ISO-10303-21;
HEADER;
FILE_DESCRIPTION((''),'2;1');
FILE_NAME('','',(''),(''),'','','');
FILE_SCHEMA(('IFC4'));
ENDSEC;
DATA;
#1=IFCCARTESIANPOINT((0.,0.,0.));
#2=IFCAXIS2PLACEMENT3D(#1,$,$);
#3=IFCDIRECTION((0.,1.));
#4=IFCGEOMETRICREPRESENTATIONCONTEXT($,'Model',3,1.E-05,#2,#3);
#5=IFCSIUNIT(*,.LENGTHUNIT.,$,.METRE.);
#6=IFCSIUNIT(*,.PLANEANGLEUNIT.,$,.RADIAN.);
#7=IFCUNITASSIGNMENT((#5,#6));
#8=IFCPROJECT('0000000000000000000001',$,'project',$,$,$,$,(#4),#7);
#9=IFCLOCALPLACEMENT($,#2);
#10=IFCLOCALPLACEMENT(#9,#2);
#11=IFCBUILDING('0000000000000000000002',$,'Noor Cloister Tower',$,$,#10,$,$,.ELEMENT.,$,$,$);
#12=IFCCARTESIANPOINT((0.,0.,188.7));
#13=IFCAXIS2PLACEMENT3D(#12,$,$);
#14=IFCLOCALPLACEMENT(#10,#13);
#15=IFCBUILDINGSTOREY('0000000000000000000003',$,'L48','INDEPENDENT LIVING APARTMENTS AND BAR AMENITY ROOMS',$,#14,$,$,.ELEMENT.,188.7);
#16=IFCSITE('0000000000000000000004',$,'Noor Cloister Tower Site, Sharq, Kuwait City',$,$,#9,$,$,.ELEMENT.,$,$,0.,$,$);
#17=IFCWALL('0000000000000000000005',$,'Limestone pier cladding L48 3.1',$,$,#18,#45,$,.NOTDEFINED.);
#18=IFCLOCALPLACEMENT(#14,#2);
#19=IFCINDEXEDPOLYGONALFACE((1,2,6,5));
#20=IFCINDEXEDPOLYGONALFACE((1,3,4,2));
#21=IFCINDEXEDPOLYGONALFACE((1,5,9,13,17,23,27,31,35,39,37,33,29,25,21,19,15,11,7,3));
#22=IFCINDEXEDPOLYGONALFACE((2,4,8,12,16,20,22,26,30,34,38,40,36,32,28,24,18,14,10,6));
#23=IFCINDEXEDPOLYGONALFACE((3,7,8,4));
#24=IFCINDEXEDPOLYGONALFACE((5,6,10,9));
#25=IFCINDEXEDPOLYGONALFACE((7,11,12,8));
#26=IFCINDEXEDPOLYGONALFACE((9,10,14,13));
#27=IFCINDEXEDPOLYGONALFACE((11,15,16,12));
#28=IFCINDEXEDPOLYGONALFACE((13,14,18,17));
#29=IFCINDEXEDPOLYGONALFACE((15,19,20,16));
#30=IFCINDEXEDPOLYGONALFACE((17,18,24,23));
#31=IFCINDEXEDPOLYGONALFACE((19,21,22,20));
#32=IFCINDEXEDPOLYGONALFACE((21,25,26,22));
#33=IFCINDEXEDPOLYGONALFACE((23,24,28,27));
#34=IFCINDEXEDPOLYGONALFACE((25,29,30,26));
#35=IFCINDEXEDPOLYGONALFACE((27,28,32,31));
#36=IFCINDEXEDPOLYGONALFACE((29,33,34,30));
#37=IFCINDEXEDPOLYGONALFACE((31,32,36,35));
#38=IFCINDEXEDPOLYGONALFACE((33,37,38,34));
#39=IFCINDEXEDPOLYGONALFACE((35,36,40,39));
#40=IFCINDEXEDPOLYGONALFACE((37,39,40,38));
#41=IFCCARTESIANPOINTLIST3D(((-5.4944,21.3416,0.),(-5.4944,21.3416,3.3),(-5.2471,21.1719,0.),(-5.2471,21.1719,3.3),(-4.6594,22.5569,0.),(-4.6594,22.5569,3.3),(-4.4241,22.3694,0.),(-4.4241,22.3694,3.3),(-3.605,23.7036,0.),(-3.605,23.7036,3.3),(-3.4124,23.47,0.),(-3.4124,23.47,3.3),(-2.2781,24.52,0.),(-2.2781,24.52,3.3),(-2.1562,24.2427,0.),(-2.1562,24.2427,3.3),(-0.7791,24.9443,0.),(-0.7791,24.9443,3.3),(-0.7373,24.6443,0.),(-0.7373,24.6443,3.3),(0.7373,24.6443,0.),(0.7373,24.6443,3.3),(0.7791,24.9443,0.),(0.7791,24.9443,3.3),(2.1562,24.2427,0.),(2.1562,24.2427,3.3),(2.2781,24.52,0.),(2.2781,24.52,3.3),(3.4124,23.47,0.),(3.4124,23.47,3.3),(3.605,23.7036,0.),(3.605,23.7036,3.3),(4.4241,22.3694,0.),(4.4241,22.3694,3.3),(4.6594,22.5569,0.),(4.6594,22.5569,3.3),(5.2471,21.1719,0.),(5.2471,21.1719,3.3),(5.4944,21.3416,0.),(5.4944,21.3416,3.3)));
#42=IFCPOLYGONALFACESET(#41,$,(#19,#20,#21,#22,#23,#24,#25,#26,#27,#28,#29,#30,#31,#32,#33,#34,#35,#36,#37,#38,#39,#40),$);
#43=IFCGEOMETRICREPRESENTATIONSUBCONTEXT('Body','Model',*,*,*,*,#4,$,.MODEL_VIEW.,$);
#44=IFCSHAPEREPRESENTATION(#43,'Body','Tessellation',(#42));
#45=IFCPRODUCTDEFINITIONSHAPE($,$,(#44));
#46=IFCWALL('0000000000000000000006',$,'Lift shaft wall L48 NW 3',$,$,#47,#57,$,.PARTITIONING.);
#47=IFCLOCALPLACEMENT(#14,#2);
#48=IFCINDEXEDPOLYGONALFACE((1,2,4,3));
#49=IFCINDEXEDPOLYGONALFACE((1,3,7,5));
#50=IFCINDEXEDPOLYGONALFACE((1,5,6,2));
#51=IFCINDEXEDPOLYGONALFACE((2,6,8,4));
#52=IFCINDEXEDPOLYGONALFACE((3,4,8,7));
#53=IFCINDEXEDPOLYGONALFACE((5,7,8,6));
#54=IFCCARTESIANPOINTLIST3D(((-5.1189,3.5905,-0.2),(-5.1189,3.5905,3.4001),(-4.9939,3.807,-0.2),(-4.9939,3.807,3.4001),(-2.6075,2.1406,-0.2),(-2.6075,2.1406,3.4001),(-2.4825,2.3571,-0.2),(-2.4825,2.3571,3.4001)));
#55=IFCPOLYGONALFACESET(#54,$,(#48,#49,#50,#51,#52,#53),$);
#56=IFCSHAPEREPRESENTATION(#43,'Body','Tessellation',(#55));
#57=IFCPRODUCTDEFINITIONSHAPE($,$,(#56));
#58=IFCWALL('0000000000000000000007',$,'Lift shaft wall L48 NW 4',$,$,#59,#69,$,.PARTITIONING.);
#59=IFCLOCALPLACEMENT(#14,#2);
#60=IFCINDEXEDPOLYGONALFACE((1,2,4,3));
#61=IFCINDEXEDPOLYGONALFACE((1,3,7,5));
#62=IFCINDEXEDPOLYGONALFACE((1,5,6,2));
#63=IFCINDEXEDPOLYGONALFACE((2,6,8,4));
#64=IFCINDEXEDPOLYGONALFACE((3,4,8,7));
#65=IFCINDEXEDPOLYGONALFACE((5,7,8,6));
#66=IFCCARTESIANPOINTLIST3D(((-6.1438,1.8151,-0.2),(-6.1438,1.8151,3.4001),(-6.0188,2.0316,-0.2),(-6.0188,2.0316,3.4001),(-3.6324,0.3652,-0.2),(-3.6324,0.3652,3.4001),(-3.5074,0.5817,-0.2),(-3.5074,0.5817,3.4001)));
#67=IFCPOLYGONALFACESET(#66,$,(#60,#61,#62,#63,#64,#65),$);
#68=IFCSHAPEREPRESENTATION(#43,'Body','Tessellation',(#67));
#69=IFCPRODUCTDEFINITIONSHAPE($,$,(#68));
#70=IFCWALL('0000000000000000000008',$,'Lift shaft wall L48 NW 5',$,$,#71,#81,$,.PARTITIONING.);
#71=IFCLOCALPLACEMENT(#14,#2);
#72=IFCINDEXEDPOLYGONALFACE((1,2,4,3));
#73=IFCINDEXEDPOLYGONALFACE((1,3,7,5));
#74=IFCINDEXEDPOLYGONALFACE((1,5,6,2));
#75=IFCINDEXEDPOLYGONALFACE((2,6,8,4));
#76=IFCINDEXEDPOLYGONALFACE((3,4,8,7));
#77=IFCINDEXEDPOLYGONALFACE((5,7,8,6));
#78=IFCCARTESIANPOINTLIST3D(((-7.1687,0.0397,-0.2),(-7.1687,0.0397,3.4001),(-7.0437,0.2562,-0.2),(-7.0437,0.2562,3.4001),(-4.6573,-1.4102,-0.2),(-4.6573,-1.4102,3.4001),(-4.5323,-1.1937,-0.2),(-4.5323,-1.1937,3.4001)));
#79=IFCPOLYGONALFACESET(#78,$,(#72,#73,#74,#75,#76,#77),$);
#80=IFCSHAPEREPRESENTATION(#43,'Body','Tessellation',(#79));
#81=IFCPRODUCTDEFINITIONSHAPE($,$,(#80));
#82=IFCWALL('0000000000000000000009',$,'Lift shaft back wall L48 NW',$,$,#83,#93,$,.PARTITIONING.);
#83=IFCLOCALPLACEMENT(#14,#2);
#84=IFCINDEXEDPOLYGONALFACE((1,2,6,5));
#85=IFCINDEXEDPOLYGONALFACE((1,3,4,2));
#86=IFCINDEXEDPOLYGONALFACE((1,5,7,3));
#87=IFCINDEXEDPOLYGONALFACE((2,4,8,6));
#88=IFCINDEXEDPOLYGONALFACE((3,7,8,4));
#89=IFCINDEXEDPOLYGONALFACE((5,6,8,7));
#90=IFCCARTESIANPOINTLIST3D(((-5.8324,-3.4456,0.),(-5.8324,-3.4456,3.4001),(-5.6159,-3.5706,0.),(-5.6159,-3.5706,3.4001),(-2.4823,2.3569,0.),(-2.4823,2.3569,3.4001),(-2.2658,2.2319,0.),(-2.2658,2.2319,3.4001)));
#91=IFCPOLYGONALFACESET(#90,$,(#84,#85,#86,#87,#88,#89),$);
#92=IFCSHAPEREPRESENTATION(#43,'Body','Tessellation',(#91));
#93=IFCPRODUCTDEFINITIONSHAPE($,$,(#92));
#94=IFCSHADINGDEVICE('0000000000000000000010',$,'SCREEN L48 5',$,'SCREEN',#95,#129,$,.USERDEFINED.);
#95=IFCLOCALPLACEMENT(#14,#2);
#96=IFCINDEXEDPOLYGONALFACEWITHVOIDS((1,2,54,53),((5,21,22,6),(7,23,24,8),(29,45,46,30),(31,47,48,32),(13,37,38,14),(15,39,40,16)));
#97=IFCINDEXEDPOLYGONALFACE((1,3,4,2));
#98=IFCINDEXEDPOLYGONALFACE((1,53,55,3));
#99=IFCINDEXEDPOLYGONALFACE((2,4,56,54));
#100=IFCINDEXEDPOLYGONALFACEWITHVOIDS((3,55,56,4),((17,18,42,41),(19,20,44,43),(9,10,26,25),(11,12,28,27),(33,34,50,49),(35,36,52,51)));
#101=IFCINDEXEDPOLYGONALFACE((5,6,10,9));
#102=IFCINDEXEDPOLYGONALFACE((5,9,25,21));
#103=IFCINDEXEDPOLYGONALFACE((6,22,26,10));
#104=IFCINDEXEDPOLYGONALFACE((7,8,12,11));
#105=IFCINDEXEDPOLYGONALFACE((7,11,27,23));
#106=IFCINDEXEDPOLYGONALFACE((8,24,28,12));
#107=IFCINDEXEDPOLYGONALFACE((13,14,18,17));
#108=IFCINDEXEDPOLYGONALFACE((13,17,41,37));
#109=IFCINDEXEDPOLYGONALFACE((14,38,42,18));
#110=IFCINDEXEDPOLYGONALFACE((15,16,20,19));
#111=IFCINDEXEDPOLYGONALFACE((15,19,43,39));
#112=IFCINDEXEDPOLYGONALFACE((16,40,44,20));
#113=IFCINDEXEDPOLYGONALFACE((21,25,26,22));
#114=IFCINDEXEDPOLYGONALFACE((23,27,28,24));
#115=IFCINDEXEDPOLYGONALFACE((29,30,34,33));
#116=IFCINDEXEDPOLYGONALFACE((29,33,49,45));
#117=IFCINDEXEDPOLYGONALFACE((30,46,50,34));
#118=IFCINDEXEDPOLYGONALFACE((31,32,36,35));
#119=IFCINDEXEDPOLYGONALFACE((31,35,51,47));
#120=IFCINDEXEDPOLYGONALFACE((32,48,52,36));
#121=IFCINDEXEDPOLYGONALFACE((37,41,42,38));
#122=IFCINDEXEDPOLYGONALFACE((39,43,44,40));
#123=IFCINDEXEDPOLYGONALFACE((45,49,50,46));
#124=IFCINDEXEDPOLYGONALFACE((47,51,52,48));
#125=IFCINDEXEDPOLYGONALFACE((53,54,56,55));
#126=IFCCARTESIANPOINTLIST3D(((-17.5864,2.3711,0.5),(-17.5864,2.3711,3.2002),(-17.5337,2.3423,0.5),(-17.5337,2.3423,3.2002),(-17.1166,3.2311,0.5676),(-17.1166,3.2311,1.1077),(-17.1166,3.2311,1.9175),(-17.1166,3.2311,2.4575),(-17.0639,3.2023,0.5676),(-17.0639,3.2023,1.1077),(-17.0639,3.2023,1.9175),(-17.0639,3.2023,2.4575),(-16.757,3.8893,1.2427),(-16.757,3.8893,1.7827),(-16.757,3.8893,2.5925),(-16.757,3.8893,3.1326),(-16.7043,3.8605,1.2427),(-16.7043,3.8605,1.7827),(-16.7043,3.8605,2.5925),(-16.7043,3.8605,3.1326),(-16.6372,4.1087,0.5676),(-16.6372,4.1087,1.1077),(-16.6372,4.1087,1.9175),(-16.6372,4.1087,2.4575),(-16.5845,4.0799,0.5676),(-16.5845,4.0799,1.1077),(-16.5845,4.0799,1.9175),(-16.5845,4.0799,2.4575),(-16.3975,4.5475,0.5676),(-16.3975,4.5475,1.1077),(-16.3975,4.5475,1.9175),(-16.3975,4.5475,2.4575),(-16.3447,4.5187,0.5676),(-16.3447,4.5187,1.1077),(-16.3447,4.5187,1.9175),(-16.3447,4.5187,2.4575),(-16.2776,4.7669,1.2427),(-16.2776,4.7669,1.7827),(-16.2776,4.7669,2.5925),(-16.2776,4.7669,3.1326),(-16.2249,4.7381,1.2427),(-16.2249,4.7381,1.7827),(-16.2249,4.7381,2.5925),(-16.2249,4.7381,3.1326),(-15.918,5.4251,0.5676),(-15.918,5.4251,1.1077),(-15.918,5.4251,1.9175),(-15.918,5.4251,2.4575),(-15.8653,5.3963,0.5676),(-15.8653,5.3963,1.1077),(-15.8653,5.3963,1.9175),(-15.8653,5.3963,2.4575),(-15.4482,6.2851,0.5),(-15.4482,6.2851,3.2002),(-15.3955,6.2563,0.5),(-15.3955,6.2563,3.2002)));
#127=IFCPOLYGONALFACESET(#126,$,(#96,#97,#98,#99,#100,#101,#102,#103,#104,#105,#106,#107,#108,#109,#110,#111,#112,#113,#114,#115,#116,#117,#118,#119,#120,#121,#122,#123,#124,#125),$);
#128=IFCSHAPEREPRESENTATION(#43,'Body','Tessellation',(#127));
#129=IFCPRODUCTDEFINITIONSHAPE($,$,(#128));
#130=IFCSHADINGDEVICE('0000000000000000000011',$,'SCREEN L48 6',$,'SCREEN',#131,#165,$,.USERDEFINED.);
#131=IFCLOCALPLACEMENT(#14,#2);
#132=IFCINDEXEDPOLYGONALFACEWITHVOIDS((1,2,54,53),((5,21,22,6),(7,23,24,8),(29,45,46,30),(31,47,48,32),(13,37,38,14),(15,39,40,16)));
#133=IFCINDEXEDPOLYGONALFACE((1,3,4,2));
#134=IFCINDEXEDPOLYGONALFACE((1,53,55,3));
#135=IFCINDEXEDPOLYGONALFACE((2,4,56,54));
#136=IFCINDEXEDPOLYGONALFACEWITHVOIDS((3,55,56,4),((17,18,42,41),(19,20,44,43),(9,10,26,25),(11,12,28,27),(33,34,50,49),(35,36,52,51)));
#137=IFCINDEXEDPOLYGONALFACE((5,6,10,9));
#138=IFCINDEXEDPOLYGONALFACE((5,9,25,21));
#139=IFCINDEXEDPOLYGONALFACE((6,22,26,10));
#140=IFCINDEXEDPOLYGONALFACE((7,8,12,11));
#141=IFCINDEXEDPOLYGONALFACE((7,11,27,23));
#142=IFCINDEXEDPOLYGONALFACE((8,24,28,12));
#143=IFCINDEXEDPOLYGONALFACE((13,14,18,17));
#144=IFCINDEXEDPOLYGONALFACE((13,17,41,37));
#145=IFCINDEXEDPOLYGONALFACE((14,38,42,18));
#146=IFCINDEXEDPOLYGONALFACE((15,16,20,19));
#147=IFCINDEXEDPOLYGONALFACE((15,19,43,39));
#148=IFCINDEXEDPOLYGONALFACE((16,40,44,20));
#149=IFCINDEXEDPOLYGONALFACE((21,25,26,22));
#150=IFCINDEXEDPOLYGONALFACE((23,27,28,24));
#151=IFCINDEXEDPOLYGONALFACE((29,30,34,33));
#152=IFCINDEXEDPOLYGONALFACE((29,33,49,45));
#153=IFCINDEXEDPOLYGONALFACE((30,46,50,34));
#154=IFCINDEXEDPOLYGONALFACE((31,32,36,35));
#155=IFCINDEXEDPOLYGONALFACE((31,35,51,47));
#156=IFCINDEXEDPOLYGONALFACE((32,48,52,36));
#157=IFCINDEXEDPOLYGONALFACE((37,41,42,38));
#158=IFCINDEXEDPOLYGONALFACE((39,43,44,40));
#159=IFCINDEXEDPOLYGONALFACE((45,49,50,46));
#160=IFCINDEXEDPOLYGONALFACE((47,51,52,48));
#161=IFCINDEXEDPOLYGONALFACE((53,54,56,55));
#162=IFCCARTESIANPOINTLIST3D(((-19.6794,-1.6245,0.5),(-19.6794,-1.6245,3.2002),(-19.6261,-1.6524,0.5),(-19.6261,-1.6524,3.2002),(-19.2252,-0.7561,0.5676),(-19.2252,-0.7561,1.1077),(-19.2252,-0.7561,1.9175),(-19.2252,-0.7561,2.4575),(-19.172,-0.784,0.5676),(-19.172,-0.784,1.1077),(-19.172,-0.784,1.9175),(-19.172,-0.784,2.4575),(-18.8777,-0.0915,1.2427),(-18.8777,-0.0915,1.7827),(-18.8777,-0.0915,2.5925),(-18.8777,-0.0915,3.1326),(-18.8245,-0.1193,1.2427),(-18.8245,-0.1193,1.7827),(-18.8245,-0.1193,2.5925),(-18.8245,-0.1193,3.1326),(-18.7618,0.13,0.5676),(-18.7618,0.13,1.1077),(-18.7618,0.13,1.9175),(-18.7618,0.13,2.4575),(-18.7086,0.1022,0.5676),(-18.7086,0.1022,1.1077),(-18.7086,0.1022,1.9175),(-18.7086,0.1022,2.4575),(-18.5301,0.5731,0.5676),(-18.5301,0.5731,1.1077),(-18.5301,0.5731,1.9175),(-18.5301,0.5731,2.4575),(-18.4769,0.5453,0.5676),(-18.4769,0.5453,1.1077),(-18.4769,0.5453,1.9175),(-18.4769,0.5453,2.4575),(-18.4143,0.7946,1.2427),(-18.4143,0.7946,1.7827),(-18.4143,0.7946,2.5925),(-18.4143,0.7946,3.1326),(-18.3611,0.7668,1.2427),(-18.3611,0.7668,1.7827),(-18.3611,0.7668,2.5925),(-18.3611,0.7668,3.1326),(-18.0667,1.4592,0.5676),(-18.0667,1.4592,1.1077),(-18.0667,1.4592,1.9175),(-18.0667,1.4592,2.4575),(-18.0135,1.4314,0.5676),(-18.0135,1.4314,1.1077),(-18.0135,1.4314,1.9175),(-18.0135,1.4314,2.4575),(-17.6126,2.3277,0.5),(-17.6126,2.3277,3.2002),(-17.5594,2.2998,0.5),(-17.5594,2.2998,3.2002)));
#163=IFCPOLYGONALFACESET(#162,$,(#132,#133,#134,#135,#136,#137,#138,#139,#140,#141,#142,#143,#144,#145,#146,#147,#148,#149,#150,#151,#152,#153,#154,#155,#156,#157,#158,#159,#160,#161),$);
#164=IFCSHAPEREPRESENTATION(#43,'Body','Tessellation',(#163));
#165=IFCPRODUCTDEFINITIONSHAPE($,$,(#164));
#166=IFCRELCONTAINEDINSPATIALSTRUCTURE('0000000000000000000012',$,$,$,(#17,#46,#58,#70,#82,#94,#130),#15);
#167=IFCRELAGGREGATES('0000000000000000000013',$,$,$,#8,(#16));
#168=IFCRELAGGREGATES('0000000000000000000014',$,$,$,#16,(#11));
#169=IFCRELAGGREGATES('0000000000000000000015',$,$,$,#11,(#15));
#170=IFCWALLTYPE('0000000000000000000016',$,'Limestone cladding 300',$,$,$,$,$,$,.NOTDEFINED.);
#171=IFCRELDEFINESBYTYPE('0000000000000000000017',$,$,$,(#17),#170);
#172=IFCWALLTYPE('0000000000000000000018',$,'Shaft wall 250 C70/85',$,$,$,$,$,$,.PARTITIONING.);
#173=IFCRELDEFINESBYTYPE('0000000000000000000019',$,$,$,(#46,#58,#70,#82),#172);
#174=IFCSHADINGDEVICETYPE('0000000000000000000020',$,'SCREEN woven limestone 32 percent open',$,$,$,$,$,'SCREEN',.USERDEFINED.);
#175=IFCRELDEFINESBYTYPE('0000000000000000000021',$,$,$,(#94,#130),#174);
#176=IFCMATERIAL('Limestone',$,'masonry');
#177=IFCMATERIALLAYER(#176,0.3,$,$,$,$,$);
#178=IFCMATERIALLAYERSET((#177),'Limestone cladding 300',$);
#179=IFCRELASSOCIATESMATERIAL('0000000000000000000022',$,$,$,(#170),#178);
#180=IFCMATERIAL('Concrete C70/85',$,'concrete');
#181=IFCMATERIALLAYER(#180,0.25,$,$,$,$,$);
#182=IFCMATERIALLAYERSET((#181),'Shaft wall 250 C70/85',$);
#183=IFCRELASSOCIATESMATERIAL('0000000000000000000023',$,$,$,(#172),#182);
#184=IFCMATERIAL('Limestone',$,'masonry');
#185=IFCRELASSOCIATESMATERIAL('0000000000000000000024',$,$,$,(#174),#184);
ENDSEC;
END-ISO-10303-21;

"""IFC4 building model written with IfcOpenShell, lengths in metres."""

from ifc_helpers import new_model, si_unit, direction, frame, frame_2d, origin, place, context, subcontext, project, spatial, polyline, rectangle, outline, extrude, material, layer, layer_set, material_profile, profile_set, type_object, element, save


model = new_model("IFC4")

# Units and contexts
model_context = context("Model", 3, precision=1e-05, world=origin(), true_north=direction((0.0, 1.0)))
body_context = subcontext(model_context, "Body", "Model", "MODEL_VIEW")
ifc_project = project(units=[si_unit("LENGTHUNIT", "METRE"), si_unit("PLANEANGLEUNIT", "RADIAN")], contexts=[model_context])

# Site, building, storey
site_placement = place(None, origin())
site = spatial("IfcSite", under=ifc_project, at=site_placement, Name="Noor Cloister Tower Site, Sharq, Kuwait City", CompositionType="ELEMENT", RefElevation=0.0)
building_placement = place(site_placement, origin())
building = spatial("IfcBuilding", under=site, at=building_placement, Name="Noor Cloister Tower", CompositionType="ELEMENT")
storey_placement = place(building_placement, frame((0.0, 0.0, 188.7)))
storey = spatial("IfcBuildingStorey", under=building, at=storey_placement, Name="L48", Description="INDEPENDENT LIVING APARTMENTS AND BAR AMENITY ROOMS", CompositionType="ELEMENT", Elevation=188.7)

# Walls
ifc_material_1 = material(Name="Limestone", Category="masonry")
ifc_layer_1 = layer(ifc_material_1, 0.3)
ifc_layer_set_1 = layer_set([ifc_layer_1], Name="Limestone cladding 300")
wall_type_1 = type_object("IfcWallType", Name="Limestone cladding 300", PredefinedType="NOTDEFINED", material=ifc_layer_set_1)
wall_1_placement = place(storey_placement, origin())
element("IfcWall", 1, at=wall_1_placement, inside=storey, type_object=wall_type_1, Name="Limestone pier cladding L48 3.1", PredefinedType="NOTDEFINED", context=body_context, shape_type="SweptSolid", body=[
    extrude(outline(polyline([(5.4944, 21.3416), (4.6594, 22.5569), (3.605, 23.7036), (2.2781, 24.52), (0.7791, 24.9443), (-0.7791, 24.9443), (-2.2781, 24.52), (-3.605, 23.7036), (-4.6594, 22.5569), (-5.4944, 21.3416), (-5.2471, 21.1719), (-4.4241, 22.3694), (-3.4124, 23.47), (-2.1562, 24.2427), (-0.7373, 24.6443), (0.7373, 24.6443), (2.1562, 24.2427), (3.4124, 23.47), (4.4241, 22.3694), (5.2471, 21.1719), (5.4944, 21.3416)])), origin(), (0.0, 0.0, 1.0), 3.3),
])
ifc_material_2 = material(Name="Concrete C70/85", Category="concrete")
ifc_layer_2 = layer(ifc_material_2, 0.25)
ifc_layer_set_2 = layer_set([ifc_layer_2], Name="Shaft wall 250 C70/85")
wall_type_2 = type_object("IfcWallType", Name="Shaft wall 250 C70/85", PredefinedType="PARTITIONING", material=ifc_layer_set_2)
for number, where, z_axis, x_axis, name in (
    (2, (-5.0564, 3.6987, -0.2), (0.0, 0.0, 1.0), (0.866033, -0.499987, 0.0), "Lift shaft wall L48 NW 3"),
    (3, (-6.0813, 1.9233, -0.2), (0.0, 0.0, 1.0), (0.866033, -0.499987, 0.0), "Lift shaft wall L48 NW 4"),
    (4, (-7.1062, 0.1479, -0.2), (0.0, 0.0, 1.0), (0.866033, -0.499987, 0.0), "Lift shaft wall L48 NW 5"),
):
    element("IfcWall", number, at=place(storey_placement, frame(where, z_axis=z_axis, x_axis=x_axis)), inside=storey, type_object=wall_type_2, Name=name, PredefinedType="PARTITIONING", context=body_context, shape_type="SweptSolid", body=[
        extrude(rectangle(XDim=2.8999, YDim=0.25, at=frame_2d((1.45, 0.0))), origin(), (0.0, 0.0, 1.0), 3.6001),
    ])
wall_2_placement = place(storey_placement, frame((-2.374, 2.2944, 0.0), z_axis=(0.0, 0.0, 1.0), x_axis=(-0.500003, -0.866024, 0.0)))
element("IfcWall", 5, at=wall_2_placement, inside=storey, type_object=wall_type_2, Name="Lift shaft back wall L48 NW", PredefinedType="PARTITIONING", context=body_context, shape_type="SweptSolid", body=[
    extrude(rectangle(XDim=6.7002, YDim=0.25, at=frame_2d((3.3501, 0.0))), origin(), (0.0, 0.0, 1.0), 3.4001),
])

# Shading devices
ifc_material_3 = material(Name="Limestone", Category="masonry")
ifc_material_profile_1 = material_profile(ifc_material_3, outline(polyline([(-2.23, -1.3501), (2.23, -1.3501), (2.23, 1.3501), (-2.23, 1.3501), (-2.23, -1.3501)]), holes=[polyline([(-1.25, -1.2825), (-0.25, -1.2825), (-0.25, -0.7424), (-1.25, -0.7424), (-1.25, -1.2825)]), polyline([(0.25, -1.2825), (1.25, -1.2825), (1.25, -0.7424), (0.25, -0.7424), (0.25, -1.2825)]), polyline([(-0.5, -0.6074), (0.5, -0.6074), (0.5, -0.0674), (-0.5, -0.0674), (-0.5, -0.6074)]), polyline([(-1.25, 0.0674), (-0.25, 0.0674), (-0.25, 0.6074), (-1.25, 0.6074), (-1.25, 0.0674)]), polyline([(0.25, 0.0674), (1.25, 0.0674), (1.25, 0.6074), (0.25, 0.6074), (0.25, 0.0674)]), polyline([(-0.5, 0.7424), (0.5, 0.7424), (0.5, 1.2825), (-0.5, 1.2825), (-0.5, 0.7424)])]), Name="Woven screen 32 percent open")
ifc_profile_set_1 = profile_set([ifc_material_profile_1], Name="Limestone")
shading_device_type_1 = type_object("IfcShadingDeviceType", Name="SCREEN woven limestone 32 percent open", ElementType="SCREEN", PredefinedType="USERDEFINED", material=ifc_profile_set_1)
for number, where, z_axis, x_axis, name in (
    (6, (-16.4646, 4.2993, 1.8501), (-0.877585, 0.479421, 0.0), (-0.479421, -0.877585, 0.0), "SCREEN L48 5"),
    (7, (-18.5928, 0.3237, 1.8501), (-0.88615, 0.463399, 0.0), (-0.463399, -0.88615, 0.0), "SCREEN L48 6"),
):
    element("IfcShadingDevice", number, at=place(storey_placement, frame(where, z_axis=z_axis, x_axis=x_axis)), inside=storey, type_object=shading_device_type_1, Name=name, ObjectType="SCREEN", PredefinedType="USERDEFINED", context=body_context, shape_type="SweptSolid", body=[
        extrude(outline(polyline([(-2.23, -1.3501), (2.23, -1.3501), (2.23, 1.3501), (-2.23, 1.3501), (-2.23, -1.3501)]), holes=[polyline([(-1.25, -1.2825), (-0.25, -1.2825), (-0.25, -0.7424), (-1.25, -0.7424), (-1.25, -1.2825)]), polyline([(0.25, -1.2825), (1.25, -1.2825), (1.25, -0.7424), (0.25, -0.7424), (0.25, -1.2825)]), polyline([(-0.5, -0.6074), (0.5, -0.6074), (0.5, -0.0674), (-0.5, -0.0674), (-0.5, -0.6074)]), polyline([(-1.25, 0.0674), (-0.25, 0.0674), (-0.25, 0.6074), (-1.25, 0.6074), (-1.25, 0.0674)]), polyline([(0.25, 0.0674), (1.25, 0.0674), (1.25, 0.6074), (0.25, 0.6074), (0.25, 0.0674)]), polyline([(-0.5, 0.7424), (0.5, 0.7424), (0.5, 1.2825), (-0.5, 1.2825), (-0.5, 0.7424)])]), origin(), (0.0, 0.0, 1.0), 0.0601),
    ])

save(model, "model.ifc")
